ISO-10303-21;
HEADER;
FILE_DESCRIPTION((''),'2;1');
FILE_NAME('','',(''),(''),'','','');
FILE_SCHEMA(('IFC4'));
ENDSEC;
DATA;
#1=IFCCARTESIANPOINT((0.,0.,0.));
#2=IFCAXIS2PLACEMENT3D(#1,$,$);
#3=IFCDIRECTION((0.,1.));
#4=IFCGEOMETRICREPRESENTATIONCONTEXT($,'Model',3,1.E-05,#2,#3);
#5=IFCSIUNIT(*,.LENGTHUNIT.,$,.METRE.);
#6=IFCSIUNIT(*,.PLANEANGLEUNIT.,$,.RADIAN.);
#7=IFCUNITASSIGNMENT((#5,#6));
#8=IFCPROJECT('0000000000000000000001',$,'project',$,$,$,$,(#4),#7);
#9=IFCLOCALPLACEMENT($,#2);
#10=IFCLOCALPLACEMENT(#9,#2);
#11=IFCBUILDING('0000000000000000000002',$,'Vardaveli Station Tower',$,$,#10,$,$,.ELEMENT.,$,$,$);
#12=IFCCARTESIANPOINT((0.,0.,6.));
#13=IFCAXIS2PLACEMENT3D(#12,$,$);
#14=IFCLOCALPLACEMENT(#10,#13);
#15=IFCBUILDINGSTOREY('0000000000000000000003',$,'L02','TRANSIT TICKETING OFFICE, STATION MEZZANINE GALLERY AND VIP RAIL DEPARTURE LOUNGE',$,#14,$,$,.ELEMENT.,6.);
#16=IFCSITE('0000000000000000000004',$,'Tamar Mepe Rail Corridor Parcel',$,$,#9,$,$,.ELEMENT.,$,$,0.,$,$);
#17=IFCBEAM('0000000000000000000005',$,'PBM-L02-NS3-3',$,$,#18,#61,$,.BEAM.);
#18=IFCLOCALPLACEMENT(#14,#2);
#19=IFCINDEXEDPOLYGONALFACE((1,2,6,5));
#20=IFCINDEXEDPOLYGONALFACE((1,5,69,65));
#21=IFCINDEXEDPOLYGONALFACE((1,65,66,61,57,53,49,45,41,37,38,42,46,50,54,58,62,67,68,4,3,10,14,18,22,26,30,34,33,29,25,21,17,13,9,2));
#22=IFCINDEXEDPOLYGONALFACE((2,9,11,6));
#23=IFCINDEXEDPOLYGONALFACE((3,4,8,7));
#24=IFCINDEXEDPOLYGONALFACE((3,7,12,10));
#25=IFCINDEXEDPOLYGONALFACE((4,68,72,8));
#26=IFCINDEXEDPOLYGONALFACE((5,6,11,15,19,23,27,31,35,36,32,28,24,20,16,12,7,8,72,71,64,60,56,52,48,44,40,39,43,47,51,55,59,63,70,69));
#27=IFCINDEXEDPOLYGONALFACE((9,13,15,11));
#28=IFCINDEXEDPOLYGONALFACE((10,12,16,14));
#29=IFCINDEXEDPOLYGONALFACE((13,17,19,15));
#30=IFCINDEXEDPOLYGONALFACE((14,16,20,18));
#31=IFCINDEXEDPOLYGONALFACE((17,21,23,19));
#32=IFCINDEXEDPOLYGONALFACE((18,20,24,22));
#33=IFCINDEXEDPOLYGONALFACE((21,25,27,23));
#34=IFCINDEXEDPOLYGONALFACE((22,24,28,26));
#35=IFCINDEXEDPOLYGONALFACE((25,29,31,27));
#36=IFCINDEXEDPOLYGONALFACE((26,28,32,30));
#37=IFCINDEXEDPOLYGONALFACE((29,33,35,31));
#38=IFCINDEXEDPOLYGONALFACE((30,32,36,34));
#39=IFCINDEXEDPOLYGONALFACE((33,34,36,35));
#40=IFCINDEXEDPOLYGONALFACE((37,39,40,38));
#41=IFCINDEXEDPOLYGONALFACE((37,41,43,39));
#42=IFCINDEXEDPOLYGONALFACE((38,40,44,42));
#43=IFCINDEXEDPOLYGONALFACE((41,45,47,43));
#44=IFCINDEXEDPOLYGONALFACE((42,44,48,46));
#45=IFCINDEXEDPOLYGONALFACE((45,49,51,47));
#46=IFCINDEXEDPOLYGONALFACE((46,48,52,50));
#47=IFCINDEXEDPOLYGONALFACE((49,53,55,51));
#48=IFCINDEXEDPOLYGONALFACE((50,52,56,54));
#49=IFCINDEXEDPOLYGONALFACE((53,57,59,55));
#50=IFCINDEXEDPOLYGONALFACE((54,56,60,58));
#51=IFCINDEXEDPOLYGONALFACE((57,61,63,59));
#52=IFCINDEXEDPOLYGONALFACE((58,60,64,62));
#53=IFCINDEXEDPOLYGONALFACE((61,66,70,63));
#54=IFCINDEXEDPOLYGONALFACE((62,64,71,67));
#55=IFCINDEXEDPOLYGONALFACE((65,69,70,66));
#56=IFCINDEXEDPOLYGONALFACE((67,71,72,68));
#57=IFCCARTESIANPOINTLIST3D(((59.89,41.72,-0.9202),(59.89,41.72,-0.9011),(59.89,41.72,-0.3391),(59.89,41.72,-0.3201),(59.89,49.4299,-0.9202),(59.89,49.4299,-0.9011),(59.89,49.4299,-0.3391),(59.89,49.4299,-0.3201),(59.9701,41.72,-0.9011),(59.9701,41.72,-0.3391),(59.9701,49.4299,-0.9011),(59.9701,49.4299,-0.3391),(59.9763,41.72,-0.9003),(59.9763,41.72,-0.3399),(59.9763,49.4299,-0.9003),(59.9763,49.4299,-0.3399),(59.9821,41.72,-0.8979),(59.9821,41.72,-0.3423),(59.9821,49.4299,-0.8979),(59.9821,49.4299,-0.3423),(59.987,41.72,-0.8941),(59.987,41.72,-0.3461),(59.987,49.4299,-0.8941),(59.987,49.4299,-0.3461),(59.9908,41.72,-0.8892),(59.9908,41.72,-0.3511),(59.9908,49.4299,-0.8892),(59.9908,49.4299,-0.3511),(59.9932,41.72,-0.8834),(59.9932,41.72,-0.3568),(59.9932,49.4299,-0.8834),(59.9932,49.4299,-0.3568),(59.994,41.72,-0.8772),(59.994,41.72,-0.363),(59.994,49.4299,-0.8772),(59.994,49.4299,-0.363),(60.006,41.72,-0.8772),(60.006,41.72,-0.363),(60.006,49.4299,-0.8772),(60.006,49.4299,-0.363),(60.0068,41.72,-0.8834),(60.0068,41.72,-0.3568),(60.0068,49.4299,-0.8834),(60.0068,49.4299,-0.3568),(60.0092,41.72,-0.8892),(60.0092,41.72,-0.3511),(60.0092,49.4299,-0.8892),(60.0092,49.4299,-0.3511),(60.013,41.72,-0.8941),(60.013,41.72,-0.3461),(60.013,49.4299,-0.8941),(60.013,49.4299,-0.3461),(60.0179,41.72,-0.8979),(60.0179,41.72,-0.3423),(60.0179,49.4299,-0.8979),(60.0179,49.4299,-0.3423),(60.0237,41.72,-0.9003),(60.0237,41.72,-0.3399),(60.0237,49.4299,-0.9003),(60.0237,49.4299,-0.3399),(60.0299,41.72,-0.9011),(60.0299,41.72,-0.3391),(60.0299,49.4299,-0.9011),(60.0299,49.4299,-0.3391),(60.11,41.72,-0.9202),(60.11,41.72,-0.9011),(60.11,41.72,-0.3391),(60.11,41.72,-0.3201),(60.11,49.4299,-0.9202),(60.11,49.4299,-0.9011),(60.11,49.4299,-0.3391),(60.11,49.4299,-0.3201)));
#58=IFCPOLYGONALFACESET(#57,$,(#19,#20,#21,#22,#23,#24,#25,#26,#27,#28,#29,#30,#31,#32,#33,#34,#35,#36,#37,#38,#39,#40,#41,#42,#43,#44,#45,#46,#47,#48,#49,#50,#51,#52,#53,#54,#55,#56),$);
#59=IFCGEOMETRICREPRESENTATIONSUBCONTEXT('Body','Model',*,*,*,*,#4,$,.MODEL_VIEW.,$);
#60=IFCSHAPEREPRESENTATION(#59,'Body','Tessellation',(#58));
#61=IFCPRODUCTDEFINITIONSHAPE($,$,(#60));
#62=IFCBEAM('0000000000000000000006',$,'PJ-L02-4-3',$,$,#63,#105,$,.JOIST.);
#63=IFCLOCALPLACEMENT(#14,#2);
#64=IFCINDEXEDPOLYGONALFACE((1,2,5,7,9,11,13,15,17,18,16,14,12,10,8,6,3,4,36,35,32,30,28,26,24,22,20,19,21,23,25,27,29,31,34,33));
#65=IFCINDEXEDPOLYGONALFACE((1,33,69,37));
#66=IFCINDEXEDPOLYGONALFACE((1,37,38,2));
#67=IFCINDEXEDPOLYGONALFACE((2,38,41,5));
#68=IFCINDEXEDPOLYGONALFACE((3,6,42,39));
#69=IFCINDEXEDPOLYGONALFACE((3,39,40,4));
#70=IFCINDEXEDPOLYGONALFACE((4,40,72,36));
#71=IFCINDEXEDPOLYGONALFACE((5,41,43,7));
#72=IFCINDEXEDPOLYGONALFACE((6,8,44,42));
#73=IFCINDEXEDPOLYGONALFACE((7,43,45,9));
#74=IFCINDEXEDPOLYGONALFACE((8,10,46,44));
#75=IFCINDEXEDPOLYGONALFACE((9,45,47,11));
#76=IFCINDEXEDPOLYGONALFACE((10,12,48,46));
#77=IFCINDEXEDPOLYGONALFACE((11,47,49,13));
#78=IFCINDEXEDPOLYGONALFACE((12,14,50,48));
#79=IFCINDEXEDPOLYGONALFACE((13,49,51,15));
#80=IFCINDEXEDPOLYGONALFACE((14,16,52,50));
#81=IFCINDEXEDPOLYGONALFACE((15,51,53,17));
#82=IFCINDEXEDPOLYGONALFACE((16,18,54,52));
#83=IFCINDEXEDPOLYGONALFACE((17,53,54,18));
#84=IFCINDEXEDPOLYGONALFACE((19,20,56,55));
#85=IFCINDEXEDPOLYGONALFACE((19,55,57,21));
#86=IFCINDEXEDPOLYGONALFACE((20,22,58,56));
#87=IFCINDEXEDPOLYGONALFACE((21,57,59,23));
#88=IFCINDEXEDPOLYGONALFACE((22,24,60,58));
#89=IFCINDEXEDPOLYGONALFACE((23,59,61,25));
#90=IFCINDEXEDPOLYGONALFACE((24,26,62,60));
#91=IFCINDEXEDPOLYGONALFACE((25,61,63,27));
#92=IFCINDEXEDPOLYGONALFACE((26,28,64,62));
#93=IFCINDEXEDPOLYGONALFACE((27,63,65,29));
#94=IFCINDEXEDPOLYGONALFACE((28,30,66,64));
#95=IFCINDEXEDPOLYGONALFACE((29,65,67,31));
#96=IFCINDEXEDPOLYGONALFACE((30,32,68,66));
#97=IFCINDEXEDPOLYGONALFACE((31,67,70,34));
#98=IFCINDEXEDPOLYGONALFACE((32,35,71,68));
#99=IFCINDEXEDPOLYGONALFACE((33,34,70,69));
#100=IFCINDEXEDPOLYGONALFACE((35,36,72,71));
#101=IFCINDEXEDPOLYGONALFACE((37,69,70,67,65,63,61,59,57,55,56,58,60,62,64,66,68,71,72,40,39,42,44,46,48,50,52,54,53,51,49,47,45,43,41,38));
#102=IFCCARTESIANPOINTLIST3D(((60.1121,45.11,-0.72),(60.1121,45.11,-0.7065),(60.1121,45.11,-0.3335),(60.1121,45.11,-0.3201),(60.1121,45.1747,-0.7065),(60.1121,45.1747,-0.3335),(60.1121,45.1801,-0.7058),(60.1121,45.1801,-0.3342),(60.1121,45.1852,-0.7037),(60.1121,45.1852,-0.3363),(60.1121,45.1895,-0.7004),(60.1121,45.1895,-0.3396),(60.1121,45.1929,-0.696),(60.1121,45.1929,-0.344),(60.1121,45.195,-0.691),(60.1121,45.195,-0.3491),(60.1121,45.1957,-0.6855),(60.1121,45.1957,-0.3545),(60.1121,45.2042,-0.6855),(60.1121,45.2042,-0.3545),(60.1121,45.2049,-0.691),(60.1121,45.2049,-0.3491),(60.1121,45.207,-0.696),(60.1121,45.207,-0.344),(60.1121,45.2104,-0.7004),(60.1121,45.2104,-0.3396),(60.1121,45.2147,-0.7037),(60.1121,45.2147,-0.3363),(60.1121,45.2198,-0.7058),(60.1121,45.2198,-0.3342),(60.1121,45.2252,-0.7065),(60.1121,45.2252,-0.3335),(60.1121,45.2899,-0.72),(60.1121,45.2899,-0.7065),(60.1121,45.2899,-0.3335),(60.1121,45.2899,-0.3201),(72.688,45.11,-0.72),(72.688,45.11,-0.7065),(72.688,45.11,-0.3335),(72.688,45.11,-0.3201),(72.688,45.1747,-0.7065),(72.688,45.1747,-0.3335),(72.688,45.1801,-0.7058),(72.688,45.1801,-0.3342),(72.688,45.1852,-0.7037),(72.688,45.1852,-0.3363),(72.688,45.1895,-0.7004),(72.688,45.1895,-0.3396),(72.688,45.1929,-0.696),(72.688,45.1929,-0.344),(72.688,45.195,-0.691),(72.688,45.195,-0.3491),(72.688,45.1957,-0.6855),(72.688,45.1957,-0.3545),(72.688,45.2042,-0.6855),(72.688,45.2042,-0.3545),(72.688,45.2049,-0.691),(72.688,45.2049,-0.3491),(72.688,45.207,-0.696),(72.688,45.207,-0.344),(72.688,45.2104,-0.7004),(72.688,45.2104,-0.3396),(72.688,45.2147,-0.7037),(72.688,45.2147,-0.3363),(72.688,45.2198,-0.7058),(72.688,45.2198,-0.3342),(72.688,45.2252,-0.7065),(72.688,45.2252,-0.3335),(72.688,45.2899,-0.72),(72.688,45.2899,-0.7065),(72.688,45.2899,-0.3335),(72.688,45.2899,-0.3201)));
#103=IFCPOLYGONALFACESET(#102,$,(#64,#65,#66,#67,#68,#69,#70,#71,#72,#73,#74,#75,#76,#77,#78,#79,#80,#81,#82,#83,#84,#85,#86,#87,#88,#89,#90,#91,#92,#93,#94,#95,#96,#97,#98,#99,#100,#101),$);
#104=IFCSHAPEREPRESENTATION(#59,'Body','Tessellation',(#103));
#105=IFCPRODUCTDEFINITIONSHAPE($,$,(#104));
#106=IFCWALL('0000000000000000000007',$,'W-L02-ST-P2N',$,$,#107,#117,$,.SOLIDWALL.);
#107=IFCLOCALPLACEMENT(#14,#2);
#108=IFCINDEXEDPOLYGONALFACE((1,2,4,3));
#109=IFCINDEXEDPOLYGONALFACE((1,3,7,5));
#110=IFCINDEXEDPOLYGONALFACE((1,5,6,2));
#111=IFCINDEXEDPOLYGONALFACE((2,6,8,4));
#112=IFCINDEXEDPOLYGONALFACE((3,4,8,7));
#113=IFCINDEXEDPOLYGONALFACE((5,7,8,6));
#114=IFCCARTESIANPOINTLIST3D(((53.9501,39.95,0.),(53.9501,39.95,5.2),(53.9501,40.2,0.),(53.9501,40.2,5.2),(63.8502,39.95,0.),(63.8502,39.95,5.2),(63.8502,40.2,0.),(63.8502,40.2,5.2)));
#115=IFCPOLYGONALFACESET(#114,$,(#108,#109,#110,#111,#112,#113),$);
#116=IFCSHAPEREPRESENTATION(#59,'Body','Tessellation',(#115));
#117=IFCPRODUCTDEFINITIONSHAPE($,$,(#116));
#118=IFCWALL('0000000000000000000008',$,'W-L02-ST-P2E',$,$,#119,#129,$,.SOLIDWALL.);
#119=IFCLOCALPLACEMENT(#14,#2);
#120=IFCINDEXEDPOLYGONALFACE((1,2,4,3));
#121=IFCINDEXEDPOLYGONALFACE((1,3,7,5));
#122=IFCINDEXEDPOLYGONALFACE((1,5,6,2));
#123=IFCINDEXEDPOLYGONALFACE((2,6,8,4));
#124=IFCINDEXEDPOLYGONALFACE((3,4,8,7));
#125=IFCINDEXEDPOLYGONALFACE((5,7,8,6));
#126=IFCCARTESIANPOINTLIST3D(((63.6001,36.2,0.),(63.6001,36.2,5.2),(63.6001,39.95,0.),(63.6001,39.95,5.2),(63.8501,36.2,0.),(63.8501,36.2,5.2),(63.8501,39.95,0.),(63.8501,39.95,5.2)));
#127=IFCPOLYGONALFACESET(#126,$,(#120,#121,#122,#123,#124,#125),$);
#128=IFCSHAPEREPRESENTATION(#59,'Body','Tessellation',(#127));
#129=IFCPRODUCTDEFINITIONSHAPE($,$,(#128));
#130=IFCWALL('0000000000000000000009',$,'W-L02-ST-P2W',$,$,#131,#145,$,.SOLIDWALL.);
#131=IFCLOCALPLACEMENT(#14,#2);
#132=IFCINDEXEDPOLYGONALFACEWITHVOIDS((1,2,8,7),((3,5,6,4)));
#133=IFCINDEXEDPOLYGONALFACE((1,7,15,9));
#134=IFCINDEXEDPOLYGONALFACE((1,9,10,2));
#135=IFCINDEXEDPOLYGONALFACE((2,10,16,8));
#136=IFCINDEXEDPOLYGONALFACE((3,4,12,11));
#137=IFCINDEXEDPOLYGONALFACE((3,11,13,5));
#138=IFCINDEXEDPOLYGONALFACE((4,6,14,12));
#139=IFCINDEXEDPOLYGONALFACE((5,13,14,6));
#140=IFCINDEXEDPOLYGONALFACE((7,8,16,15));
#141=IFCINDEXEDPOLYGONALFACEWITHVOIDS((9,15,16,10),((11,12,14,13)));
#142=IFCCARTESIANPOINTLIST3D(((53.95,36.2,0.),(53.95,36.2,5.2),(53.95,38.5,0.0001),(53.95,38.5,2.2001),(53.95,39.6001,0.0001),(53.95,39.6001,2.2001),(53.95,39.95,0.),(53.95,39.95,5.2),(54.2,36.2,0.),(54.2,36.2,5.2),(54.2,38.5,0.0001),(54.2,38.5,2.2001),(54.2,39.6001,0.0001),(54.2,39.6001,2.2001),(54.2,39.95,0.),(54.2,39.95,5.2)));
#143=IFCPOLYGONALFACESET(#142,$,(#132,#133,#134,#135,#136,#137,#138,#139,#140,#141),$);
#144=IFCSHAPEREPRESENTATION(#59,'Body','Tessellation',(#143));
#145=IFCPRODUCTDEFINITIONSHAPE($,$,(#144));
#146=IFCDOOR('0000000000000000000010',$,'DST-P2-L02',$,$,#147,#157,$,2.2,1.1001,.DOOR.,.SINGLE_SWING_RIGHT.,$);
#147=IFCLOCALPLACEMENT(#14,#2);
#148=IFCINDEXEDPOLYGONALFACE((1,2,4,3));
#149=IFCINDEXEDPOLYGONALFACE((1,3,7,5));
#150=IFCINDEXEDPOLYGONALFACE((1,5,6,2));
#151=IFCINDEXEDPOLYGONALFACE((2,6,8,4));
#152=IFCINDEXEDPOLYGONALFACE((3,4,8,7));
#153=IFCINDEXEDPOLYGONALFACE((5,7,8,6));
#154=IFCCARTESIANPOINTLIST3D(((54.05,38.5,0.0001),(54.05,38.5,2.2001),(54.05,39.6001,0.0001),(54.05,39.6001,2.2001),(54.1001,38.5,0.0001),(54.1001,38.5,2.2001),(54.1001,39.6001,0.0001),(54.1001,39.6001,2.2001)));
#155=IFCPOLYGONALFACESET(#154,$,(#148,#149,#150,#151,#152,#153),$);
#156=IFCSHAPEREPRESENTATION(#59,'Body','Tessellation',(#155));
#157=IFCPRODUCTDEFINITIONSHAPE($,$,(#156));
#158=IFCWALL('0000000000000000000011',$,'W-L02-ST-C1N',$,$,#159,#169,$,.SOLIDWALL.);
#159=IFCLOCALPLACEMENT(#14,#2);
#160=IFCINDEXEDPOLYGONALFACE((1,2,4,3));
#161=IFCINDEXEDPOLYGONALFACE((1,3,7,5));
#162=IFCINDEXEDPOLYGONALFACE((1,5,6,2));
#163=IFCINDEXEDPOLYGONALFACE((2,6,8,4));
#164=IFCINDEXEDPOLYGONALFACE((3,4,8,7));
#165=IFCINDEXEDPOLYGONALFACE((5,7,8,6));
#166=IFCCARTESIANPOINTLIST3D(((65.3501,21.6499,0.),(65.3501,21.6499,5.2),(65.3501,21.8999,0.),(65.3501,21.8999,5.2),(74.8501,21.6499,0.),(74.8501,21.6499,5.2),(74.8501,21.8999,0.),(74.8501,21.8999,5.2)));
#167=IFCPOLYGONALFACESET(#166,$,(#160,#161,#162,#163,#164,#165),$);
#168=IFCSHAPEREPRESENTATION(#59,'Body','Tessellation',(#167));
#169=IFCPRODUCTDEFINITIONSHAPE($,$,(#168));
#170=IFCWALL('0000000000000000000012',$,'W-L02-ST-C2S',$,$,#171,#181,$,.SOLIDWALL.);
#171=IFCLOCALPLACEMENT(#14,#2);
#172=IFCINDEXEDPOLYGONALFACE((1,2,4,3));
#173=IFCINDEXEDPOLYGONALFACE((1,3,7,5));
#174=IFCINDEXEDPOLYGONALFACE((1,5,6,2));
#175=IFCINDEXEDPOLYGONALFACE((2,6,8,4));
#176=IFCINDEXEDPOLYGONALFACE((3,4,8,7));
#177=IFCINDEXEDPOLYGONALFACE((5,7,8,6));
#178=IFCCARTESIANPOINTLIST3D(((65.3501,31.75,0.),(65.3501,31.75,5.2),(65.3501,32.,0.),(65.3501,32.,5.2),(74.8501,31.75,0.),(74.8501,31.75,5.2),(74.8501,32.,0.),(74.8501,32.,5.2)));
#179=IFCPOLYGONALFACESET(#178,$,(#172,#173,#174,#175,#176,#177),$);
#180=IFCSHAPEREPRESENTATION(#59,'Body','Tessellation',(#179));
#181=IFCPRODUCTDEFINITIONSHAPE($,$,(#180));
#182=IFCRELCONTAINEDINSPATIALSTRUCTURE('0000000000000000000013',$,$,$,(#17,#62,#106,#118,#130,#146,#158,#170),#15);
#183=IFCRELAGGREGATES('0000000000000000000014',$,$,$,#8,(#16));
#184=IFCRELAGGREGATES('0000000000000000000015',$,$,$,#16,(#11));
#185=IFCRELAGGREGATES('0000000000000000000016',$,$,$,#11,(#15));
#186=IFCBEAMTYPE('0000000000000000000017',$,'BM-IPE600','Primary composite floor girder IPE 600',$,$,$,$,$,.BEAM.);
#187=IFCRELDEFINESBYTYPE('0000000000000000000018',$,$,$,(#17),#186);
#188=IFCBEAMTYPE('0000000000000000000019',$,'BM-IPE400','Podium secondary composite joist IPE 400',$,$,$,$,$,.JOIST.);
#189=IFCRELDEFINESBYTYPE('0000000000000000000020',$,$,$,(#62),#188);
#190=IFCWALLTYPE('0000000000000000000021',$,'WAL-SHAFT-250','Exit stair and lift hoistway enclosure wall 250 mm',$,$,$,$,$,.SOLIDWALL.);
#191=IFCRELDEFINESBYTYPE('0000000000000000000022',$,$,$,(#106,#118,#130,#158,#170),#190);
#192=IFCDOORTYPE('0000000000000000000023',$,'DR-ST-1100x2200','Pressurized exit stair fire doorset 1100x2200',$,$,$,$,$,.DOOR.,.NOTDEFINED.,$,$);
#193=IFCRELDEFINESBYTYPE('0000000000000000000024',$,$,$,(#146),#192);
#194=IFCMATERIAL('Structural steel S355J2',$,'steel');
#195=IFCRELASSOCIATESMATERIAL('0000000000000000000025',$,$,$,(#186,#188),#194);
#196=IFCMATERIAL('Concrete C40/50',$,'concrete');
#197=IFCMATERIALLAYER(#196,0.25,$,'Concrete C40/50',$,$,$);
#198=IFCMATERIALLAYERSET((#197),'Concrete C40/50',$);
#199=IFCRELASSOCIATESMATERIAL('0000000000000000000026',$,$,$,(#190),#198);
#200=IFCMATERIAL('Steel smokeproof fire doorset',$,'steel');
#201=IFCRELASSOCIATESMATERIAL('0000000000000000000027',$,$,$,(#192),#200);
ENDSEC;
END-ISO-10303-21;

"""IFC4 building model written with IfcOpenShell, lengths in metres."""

from ifc_helpers import new_model, si_unit, direction, frame, frame_2d, origin, origin_2d, place, context, subcontext, project, spatial, rectangle, i_section, extrude, source, transform, mapped, material, layer, layer_set, material_profile, profile_set, type_object, element, fill, save


model = new_model("IFC4")

# Units and contexts
model_context = context("Model", 3, precision=1e-05, world=origin(), true_north=direction((0.0, 1.0)))
body_context = subcontext(model_context, "Body", "Model", "MODEL_VIEW")
ifc_project = project(units=[si_unit("LENGTHUNIT", "METRE"), si_unit("PLANEANGLEUNIT", "RADIAN")], contexts=[model_context])

# Site, building, storey
site_placement = place(None, origin())
site = spatial("IfcSite", under=ifc_project, at=site_placement, Name="Tamar Mepe Rail Corridor Parcel", CompositionType="ELEMENT", RefElevation=0.0)
building_placement = place(site_placement, origin())
building = spatial("IfcBuilding", under=site, at=building_placement, Name="Vardaveli Station Tower", CompositionType="ELEMENT")
storey_placement = place(building_placement, frame((0.0, 0.0, 6.0)))
storey = spatial("IfcBuildingStorey", under=building, at=storey_placement, Name="L02", Description="TRANSIT TICKETING OFFICE, STATION MEZZANINE GALLERY AND VIP RAIL DEPARTURE LOUNGE", CompositionType="ELEMENT", Elevation=6.0)

# Beams
ifc_material_1 = material(Name="Structural steel S355J2", Category="steel")
ifc_material_profile_1 = material_profile(ifc_material_1, i_section(OverallWidth=0.22, OverallDepth=0.6001, WebThickness=0.012, FlangeThickness=0.019, FilletRadius=0.0239, at=origin_2d()), Name="IPE 600")
ifc_profile_set_1 = profile_set([ifc_material_profile_1], Name="Structural steel S355J2")
beam_type_1 = type_object("IfcBeamType", Name="BM-IPE600", Description="Primary composite floor girder IPE 600", PredefinedType="BEAM", material=ifc_profile_set_1)
shared_shape_1 = source(origin(), body_context, "Body", "SweptSolid", [
    extrude(i_section(OverallWidth=0.22, OverallDepth=0.6001, WebThickness=0.012, FlangeThickness=0.019, FilletRadius=0.0239, at=origin_2d()), origin(), (0.0, 0.0, 1.0), 7.71),
])
beam_1_placement = place(storey_placement, frame((60.0, 41.72, -0.6201), z_axis=(0.0, 1.0, 0.0), x_axis=(-1.0, 0.0, 0.0)))
element("IfcBeam", 1, at=beam_1_placement, inside=storey, type_object=beam_type_1, Name="PBM-L02-NS3-3", PredefinedType="BEAM", context=body_context, shape_type="MappedRepresentation", body=[
    mapped(shared_shape_1, transform((0.0, 0.0, 0.0), scale=1.0)),
])
ifc_material_profile_2 = material_profile(ifc_material_1, i_section(OverallWidth=0.1799, OverallDepth=0.3999, WebThickness=0.0085, FlangeThickness=0.0134, FilletRadius=0.021, at=origin_2d()), Name="IPE 400")
ifc_profile_set_2 = profile_set([ifc_material_profile_2], Name="Structural steel S355J2")
beam_type_2 = type_object("IfcBeamType", Name="BM-IPE400", Description="Podium secondary composite joist IPE 400", PredefinedType="JOIST", material=ifc_profile_set_2)
shared_shape_2 = source(origin(), body_context, "Body", "SweptSolid", [
    extrude(i_section(OverallWidth=0.1799, OverallDepth=0.3999, WebThickness=0.0085, FlangeThickness=0.0134, FilletRadius=0.021, at=origin_2d()), origin(), (0.0, 0.0, 1.0), 12.5759),
])
beam_2_placement = place(storey_placement, frame((60.1121, 45.2, -0.52), z_axis=(1.0, 0.0, 0.0), x_axis=(0.0, 1.0, 0.0)))
element("IfcBeam", 2, at=beam_2_placement, inside=storey, type_object=beam_type_2, Name="PJ-L02-4-3", PredefinedType="JOIST", context=body_context, shape_type="MappedRepresentation", body=[
    mapped(shared_shape_2, transform((0.0, 0.0, 0.0), scale=1.0)),
])

# Walls
ifc_material_2 = material(Name="Concrete C40/50", Category="concrete")
ifc_layer = layer(ifc_material_2, 0.25, Name="Concrete C40/50")
ifc_layer_set = layer_set([ifc_layer], Name="Concrete C40/50")
wall_type = type_object("IfcWallType", Name="WAL-SHAFT-250", Description="Exit stair and lift hoistway enclosure wall 250 mm", PredefinedType="SOLIDWALL", material=ifc_layer_set)
shared_shape_3 = source(origin(), body_context, "Body", "SweptSolid", [
    extrude(rectangle(XDim=9.9001, YDim=0.25, at=frame_2d((4.9502, 0.0))), origin(), (0.0, 0.0, 1.0), 5.2),
])
wall_1_placement = place(storey_placement, frame((53.95, 40.075, 0.0), z_axis=(0.0, 0.0, 1.0), x_axis=(1.0, 0.0, 0.0)))
element("IfcWall", 3, at=wall_1_placement, inside=storey, type_object=wall_type, Name="W-L02-ST-P2N", PredefinedType="SOLIDWALL", context=body_context, shape_type="MappedRepresentation", body=[
    mapped(shared_shape_3, transform((0.0, 0.0, 0.0), scale=1.0)),
])
shared_shape_4 = source(origin(), body_context, "Body", "SweptSolid", [
    extrude(rectangle(XDim=3.75, YDim=0.25, at=frame_2d((1.875, 0.0))), origin(), (0.0, 0.0, 1.0), 5.2),
])
wall_2_placement = place(storey_placement, frame((63.7251, 36.2, 0.0), z_axis=(0.0, 0.0, 1.0), x_axis=(0.0, 1.0, 0.0)))
element("IfcWall", 4, at=wall_2_placement, inside=storey, type_object=wall_type, Name="W-L02-ST-P2E", PredefinedType="SOLIDWALL", context=body_context, shape_type="MappedRepresentation", body=[
    mapped(shared_shape_4, transform((0.0, 0.0, 0.0), scale=1.0)),
])

# Wall, opening, door
wall_3_placement = place(storey_placement, frame((54.075, 36.2, 0.0), z_axis=(0.0, 0.0, 1.0), x_axis=(0.0, 1.0, 0.0)))
wall_3 = element("IfcWall", 5, at=wall_3_placement, inside=storey, type_object=wall_type, Name="W-L02-ST-P2W", PredefinedType="SOLIDWALL", context=body_context, shape_type="MappedRepresentation", body=[
    mapped(shared_shape_4, transform((0.0, 0.0, 0.0), scale=1.0)),
])
shared_shape_5 = source(origin(), body_context, "Body", "SweptSolid", [
    extrude(rectangle(XDim=1.1001, YDim=2.2, at=frame_2d((0.55, 1.1001))), frame((0.0, 0.135, 0.0), z_axis=(0.0, -1.0, 0.0), x_axis=(1.0, 0.0, 0.0)), (0.0, 0.0, 1.0), 0.27),
])
opening_1_placement = place(wall_3_placement, frame((2.3, 0.0, 0.0)))
opening_1 = element("IfcOpeningElement", 6, at=opening_1_placement, cuts=wall_3, PredefinedType="OPENING", context=body_context, shape_type="MappedRepresentation", body=[
    mapped(shared_shape_5, transform((0.0, 0.0, 0.0), scale=1.0)),
])
ifc_material_3 = material(Name="Steel smokeproof fire doorset", Category="steel")
door_type_1 = type_object("IfcDoorType", Name="DR-ST-1100x2200", Description="Pressurized exit stair fire doorset 1100x2200", OperationType="NOTDEFINED", PredefinedType="DOOR", material=ifc_material_3)
shared_shape_6 = source(origin(), body_context, "Body", "SweptSolid", [
    extrude(rectangle(XDim=1.1001, YDim=2.2, at=frame_2d((0.55, 1.1001))), frame((0.0, 0.0249, 0.0), z_axis=(0.0, -1.0, 0.0), x_axis=(1.0, 0.0, 0.0)), (0.0, 0.0, 1.0), 0.05),
])
door_1_placement = place(opening_1_placement, origin())
door_1 = element("IfcDoor", 7, at=door_1_placement, inside=storey, type_object=door_type_1, Name="DST-P2-L02", OperationType="SINGLE_SWING_RIGHT", OverallHeight=2.2, OverallWidth=1.1001, PredefinedType="DOOR", context=body_context, shape_type="MappedRepresentation", body=[
    mapped(shared_shape_6, transform((0.0, 0.0, 0.0), scale=1.0)),
])
fill(opening_1, door_1)

# Walls
shared_shape_7 = source(origin(), body_context, "Body", "SweptSolid", [
    extrude(rectangle(XDim=9.5, YDim=0.25, at=frame_2d((4.75, 0.0))), origin(), (0.0, 0.0, 1.0), 5.2),
])
for number, where, z_axis, x_axis, name in (
    (8, (65.3501, 21.7749, 0.0), (0.0, 0.0, 1.0), (1.0, 0.0, 0.0), "W-L02-ST-C1N"),
    (9, (65.3501, 31.875, 0.0), (0.0, 0.0, 1.0), (1.0, 0.0, 0.0), "W-L02-ST-C2S"),
):
    element("IfcWall", number, at=place(storey_placement, frame(where, z_axis=z_axis, x_axis=x_axis)), inside=storey, type_object=wall_type, Name=name, PredefinedType="SOLIDWALL", context=body_context, shape_type="MappedRepresentation", body=[
        mapped(shared_shape_7, transform((0.0, 0.0, 0.0), scale=1.0)),
    ])

save(model, "model.ifc")
